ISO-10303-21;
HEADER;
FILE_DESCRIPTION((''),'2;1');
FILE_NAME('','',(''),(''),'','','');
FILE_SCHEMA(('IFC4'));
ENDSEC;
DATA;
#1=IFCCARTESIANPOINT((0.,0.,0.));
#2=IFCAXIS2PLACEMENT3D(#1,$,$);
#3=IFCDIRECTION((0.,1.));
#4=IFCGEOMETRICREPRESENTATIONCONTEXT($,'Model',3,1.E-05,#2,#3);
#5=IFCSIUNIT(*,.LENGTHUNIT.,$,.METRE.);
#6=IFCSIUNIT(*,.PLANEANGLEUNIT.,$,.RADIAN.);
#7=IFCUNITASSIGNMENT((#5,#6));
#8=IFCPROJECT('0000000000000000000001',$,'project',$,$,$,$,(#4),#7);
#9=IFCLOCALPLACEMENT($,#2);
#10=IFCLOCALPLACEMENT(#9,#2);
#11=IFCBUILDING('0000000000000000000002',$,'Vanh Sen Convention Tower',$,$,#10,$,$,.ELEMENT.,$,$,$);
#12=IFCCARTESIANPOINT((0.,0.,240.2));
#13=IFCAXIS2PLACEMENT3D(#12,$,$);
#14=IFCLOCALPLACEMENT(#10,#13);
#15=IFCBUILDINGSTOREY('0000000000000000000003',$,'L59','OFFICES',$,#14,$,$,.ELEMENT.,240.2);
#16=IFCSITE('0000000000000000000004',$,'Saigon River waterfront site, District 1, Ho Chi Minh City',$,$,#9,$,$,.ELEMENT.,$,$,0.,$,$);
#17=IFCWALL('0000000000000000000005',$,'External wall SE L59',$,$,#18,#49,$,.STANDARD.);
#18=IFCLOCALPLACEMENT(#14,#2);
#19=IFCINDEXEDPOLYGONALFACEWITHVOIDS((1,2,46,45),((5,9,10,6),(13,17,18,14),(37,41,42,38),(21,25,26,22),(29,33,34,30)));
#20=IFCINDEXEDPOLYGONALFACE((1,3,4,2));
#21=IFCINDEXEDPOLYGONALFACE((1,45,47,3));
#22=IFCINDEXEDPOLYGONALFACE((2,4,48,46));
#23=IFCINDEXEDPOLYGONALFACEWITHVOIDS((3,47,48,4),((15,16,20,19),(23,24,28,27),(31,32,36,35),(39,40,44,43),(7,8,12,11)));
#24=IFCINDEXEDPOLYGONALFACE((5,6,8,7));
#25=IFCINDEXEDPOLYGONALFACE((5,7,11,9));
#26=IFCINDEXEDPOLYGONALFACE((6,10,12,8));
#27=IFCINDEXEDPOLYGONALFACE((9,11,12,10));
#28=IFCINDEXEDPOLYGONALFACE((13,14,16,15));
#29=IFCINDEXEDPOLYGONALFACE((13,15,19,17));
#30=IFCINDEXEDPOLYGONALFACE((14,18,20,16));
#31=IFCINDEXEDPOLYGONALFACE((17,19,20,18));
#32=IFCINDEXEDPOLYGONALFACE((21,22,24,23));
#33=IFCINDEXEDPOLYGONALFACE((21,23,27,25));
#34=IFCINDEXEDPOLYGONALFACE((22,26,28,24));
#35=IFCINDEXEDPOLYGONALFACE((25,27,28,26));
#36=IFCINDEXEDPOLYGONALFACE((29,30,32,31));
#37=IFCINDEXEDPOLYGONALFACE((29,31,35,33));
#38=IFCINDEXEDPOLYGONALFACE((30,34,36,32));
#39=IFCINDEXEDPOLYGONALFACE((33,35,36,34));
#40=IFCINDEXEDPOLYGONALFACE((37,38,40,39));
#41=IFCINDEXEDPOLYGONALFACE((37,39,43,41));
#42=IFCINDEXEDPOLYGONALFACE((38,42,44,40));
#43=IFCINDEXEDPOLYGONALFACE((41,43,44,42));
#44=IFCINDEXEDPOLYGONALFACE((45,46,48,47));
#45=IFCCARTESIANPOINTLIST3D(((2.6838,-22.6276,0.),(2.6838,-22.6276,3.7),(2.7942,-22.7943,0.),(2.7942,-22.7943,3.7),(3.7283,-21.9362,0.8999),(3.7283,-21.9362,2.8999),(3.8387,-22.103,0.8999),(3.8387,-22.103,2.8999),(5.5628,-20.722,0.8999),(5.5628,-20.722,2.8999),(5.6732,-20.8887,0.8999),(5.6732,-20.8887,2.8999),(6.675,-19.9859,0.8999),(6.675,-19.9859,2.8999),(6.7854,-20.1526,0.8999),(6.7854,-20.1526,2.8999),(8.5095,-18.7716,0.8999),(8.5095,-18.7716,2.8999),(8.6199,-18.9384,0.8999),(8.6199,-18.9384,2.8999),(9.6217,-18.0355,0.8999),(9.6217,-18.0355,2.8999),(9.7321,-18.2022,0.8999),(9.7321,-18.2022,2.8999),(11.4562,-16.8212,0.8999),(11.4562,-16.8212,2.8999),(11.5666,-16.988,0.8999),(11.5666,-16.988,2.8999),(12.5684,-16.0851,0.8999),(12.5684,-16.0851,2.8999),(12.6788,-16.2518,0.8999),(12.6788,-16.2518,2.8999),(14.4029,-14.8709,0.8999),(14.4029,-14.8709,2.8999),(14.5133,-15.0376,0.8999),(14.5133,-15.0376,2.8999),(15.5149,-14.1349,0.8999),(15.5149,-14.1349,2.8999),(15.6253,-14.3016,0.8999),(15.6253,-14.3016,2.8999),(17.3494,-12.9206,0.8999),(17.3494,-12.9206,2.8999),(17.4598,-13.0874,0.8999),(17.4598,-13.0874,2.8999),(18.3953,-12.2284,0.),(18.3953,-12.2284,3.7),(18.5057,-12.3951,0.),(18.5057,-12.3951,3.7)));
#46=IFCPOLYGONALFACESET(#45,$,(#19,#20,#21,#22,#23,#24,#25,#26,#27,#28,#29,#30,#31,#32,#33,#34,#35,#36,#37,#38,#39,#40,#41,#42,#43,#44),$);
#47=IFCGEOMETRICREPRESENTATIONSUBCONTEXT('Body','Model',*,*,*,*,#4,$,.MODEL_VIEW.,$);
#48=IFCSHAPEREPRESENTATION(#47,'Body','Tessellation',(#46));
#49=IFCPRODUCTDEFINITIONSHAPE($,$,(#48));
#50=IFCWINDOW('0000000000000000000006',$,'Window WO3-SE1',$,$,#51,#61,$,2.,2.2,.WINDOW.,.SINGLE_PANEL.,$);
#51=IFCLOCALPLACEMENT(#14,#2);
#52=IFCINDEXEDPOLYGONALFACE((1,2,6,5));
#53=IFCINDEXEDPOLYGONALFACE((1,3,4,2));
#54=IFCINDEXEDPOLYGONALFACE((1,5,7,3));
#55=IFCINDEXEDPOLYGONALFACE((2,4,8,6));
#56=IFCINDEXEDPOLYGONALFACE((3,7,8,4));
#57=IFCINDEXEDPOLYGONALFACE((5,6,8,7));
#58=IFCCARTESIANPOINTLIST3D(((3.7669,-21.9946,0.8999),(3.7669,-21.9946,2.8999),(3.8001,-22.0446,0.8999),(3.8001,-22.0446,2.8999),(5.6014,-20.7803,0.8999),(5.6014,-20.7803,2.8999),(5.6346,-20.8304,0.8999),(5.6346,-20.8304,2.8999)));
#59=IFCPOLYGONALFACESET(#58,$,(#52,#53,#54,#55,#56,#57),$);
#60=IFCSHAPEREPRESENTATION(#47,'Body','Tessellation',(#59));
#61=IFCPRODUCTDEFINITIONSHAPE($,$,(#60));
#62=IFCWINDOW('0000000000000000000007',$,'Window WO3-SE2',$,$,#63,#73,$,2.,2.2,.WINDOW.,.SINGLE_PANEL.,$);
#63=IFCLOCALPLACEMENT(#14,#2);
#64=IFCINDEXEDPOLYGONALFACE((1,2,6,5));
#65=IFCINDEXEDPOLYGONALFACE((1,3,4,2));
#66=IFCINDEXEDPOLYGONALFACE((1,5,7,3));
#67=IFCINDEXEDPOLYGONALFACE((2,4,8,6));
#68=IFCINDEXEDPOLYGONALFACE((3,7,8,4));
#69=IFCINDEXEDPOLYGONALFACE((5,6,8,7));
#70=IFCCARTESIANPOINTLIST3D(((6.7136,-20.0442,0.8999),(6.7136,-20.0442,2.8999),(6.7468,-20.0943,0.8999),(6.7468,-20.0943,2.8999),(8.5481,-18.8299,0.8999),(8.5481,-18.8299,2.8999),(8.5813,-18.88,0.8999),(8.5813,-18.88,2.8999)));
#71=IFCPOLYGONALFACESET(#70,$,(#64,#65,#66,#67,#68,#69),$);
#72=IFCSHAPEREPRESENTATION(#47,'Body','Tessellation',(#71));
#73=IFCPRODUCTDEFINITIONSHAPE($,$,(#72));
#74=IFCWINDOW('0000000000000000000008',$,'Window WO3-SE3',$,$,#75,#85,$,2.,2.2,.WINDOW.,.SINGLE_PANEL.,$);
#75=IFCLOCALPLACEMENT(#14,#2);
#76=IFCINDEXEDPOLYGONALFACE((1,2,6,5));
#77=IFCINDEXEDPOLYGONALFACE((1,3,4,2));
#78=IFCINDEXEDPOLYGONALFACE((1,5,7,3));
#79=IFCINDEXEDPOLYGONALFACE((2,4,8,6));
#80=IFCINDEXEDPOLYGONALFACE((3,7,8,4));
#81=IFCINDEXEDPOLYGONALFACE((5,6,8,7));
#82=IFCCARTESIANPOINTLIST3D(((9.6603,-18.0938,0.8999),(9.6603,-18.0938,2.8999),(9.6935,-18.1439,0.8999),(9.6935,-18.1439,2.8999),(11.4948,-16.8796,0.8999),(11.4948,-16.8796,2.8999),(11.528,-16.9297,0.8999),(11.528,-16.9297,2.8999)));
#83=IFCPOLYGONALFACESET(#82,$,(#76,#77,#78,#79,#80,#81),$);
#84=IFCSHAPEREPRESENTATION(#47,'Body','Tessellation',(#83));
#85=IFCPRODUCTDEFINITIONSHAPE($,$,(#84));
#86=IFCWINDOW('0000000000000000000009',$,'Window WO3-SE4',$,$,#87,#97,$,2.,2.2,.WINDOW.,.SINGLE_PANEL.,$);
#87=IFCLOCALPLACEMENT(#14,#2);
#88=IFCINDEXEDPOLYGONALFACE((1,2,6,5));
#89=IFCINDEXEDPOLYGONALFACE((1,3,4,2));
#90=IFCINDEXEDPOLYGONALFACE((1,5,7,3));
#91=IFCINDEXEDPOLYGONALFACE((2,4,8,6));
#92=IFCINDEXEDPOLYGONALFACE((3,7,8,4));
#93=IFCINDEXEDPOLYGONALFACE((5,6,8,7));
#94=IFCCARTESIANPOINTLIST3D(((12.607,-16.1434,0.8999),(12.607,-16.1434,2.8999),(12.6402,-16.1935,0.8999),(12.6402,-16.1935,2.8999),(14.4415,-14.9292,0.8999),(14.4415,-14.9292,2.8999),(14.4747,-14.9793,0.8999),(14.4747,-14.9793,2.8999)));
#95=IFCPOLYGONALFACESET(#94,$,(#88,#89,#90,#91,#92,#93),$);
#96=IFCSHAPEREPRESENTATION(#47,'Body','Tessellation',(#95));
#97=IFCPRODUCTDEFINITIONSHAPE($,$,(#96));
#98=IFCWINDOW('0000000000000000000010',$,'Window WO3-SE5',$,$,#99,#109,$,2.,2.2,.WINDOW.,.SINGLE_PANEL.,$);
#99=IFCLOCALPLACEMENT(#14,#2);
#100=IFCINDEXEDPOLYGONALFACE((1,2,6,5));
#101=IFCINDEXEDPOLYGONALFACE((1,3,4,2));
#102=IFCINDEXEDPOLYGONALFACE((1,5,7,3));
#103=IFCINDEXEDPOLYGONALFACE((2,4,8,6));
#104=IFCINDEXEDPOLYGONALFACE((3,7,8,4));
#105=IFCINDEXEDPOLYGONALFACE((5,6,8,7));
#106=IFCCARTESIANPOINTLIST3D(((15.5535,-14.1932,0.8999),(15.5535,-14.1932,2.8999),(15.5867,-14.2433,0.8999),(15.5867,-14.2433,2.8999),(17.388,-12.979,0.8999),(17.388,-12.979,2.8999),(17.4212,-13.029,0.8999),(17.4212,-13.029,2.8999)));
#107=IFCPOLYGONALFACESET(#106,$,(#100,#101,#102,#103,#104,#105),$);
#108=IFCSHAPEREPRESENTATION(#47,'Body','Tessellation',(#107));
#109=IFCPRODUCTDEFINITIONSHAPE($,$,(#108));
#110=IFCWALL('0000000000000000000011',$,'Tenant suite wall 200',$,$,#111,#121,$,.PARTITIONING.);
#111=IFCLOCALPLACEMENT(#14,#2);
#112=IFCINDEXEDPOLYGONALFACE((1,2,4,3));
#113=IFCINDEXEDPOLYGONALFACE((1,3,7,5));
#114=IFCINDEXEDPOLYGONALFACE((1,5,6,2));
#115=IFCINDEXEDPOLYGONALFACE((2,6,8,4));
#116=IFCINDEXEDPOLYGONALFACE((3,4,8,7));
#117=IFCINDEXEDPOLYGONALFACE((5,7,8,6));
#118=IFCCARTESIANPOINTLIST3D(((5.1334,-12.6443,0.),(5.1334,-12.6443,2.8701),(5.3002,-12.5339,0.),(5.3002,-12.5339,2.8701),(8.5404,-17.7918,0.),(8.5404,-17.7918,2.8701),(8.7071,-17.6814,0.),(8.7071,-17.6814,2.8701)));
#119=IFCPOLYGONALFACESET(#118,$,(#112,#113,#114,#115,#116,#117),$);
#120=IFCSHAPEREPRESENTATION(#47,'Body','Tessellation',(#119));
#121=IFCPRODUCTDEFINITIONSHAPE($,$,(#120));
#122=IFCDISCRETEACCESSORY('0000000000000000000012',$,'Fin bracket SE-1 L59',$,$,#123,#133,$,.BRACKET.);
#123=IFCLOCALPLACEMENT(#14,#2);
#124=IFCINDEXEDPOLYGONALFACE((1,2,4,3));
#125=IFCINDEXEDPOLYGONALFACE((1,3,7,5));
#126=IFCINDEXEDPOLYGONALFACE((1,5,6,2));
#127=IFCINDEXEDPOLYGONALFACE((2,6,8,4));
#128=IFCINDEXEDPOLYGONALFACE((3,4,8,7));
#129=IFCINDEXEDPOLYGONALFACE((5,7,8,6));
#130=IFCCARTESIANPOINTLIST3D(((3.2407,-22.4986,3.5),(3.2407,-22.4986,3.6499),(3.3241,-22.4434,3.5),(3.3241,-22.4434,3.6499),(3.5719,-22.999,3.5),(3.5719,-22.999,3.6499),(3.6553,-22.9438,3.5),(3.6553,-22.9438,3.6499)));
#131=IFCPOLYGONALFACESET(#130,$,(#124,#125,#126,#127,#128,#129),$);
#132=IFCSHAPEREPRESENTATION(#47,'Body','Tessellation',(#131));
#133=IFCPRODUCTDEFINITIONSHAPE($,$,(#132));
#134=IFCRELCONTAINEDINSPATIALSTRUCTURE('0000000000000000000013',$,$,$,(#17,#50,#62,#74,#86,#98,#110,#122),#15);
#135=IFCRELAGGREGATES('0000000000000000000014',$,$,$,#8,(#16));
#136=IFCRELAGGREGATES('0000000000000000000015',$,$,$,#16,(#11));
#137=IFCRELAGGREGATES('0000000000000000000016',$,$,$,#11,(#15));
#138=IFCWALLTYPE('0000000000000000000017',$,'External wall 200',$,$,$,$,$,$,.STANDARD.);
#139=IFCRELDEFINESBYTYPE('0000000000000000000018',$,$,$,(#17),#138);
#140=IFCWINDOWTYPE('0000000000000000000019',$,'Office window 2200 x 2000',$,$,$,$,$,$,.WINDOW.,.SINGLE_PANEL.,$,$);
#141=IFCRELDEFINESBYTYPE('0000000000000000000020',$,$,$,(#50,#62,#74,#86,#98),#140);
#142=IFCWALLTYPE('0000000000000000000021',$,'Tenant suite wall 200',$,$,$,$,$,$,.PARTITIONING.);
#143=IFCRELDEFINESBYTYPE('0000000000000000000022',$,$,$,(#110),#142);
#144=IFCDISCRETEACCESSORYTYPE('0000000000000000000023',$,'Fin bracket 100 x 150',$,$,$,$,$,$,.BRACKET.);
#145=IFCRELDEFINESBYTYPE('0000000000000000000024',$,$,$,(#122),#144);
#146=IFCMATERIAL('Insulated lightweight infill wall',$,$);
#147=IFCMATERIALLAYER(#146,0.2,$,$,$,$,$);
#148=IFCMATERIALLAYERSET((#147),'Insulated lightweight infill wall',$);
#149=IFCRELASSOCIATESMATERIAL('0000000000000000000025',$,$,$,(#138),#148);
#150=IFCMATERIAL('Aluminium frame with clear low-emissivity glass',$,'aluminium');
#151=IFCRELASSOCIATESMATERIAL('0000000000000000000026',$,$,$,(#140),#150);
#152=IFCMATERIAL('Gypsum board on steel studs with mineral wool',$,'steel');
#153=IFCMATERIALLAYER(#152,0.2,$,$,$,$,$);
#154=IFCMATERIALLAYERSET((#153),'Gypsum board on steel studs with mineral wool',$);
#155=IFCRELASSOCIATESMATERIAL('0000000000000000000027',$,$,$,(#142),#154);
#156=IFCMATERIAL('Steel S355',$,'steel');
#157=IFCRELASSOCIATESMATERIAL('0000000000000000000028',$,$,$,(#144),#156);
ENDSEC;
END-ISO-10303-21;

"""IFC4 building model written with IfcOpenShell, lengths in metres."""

from ifc_helpers import new_model, si_unit, direction, frame, frame_2d, origin, origin_2d, place, context, subcontext, project, spatial, rectangle, extrude, material, layer, layer_set, type_object, element, fill, save


model = new_model("IFC4")

# Units and contexts
model_context = context("Model", 3, precision=1e-05, world=origin(), true_north=direction((0.0, 1.0)))
body_context = subcontext(model_context, "Body", "Model", "MODEL_VIEW")
ifc_project = project(units=[si_unit("LENGTHUNIT", "METRE"), si_unit("PLANEANGLEUNIT", "RADIAN")], contexts=[model_context])

# Site, building, storey
site_placement = place(None, origin())
site = spatial("IfcSite", under=ifc_project, at=site_placement, Name="Saigon River waterfront site, District 1, Ho Chi Minh City", CompositionType="ELEMENT", RefElevation=0.0)
building_placement = place(site_placement, origin())
building = spatial("IfcBuilding", under=site, at=building_placement, Name="Vanh Sen Convention Tower", CompositionType="ELEMENT")
storey_placement = place(building_placement, frame((0.0, 0.0, 240.2)))
storey = spatial("IfcBuildingStorey", under=building, at=storey_placement, Name="L59", Description="OFFICES", CompositionType="ELEMENT", Elevation=240.2)

# Shared definitions
ifc_material_1 = material(Name="Gypsum board on steel studs with mineral wool", Category="steel")

# Wall, openings, windows
ifc_material_2 = material(Name="Insulated lightweight infill wall")
ifc_layer_1 = layer(ifc_material_2, 0.2)
ifc_layer_set_1 = layer_set([ifc_layer_1], Name="Insulated lightweight infill wall")
wall_type_1 = type_object("IfcWallType", Name="External wall 200", PredefinedType="STANDARD", material=ifc_layer_set_1)
wall_1_placement = place(storey_placement, frame((2.739, -22.7109, 0.0), z_axis=(0.0, 0.0, 1.0), x_axis=(0.833886, 0.551937, 0.0)))
wall_1 = element("IfcWall", 1, at=wall_1_placement, inside=storey, type_object=wall_type_1, Name="External wall SE L59", PredefinedType="STANDARD", context=body_context, shape_type="SweptSolid", body=[
    extrude(rectangle(XDim=18.8413, YDim=0.2, at=frame_2d((9.4207, 0.0))), origin(), (0.0, 0.0, 1.0), 3.7),
])
opening_1_placement = place(wall_1_placement, frame((1.2524, 0.0, 0.8999)))
opening_1 = element("IfcOpeningElement", 2, at=opening_1_placement, cuts=wall_1, PredefinedType="OPENING", context=body_context, shape_type="SweptSolid", body=[
    extrude(rectangle(XDim=2.2, YDim=2.0, at=frame_2d((1.1001, 1.0))), frame((0.0, 0.1099, 0.0), z_axis=(0.0, -1.0, 0.0), x_axis=(1.0, 0.0, 0.0)), (0.0, 0.0, 1.0), 0.22),
])
opening_2_placement = place(wall_1_placement, frame((4.7861, 0.0, 0.8999)))
opening_2 = element("IfcOpeningElement", 3, at=opening_2_placement, cuts=wall_1, PredefinedType="OPENING", context=body_context, shape_type="SweptSolid", body=[
    extrude(rectangle(XDim=2.2, YDim=2.0, at=frame_2d((1.1001, 1.0))), frame((0.0, 0.1099, 0.0), z_axis=(0.0, -1.0, 0.0), x_axis=(1.0, 0.0, 0.0)), (0.0, 0.0, 1.0), 0.22),
])
opening_3_placement = place(wall_1_placement, frame((8.3198, 0.0, 0.8999)))
opening_3 = element("IfcOpeningElement", 4, at=opening_3_placement, cuts=wall_1, PredefinedType="OPENING", context=body_context, shape_type="SweptSolid", body=[
    extrude(rectangle(XDim=2.2, YDim=2.0, at=frame_2d((1.1001, 1.0))), frame((0.0, 0.1099, 0.0), z_axis=(0.0, -1.0, 0.0), x_axis=(1.0, 0.0, 0.0)), (0.0, 0.0, 1.0), 0.22),
])
opening_4_placement = place(wall_1_placement, frame((11.8535, 0.0, 0.8999)))
opening_4 = element("IfcOpeningElement", 5, at=opening_4_placement, cuts=wall_1, PredefinedType="OPENING", context=body_context, shape_type="SweptSolid", body=[
    extrude(rectangle(XDim=2.2, YDim=2.0, at=frame_2d((1.1001, 1.0))), frame((0.0, 0.1099, 0.0), z_axis=(0.0, -1.0, 0.0), x_axis=(1.0, 0.0, 0.0)), (0.0, 0.0, 1.0), 0.22),
])
opening_5_placement = place(wall_1_placement, frame((15.387, 0.0, 0.8999)))
opening_5 = element("IfcOpeningElement", 6, at=opening_5_placement, cuts=wall_1, PredefinedType="OPENING", context=body_context, shape_type="SweptSolid", body=[
    extrude(rectangle(XDim=2.2, YDim=2.0, at=frame_2d((1.1001, 1.0))), frame((0.0, 0.1099, 0.0), z_axis=(0.0, -1.0, 0.0), x_axis=(1.0, 0.0, 0.0)), (0.0, 0.0, 1.0), 0.22),
])
ifc_material_3 = material(Name="Aluminium frame with clear low-emissivity glass", Category="aluminium")
window_type = type_object("IfcWindowType", Name="Office window 2200 x 2000", PartitioningType="SINGLE_PANEL", PredefinedType="WINDOW", material=ifc_material_3)
window_1_placement = place(opening_1_placement, origin())
window_1 = element("IfcWindow", 7, at=window_1_placement, inside=storey, type_object=window_type, Name="Window WO3-SE1", OverallHeight=2.0, OverallWidth=2.2, PartitioningType="SINGLE_PANEL", PredefinedType="WINDOW", context=body_context, shape_type="SweptSolid", body=[
    extrude(rectangle(XDim=2.2, YDim=2.0, at=frame_2d((1.1001, 1.0))), frame((0.0, 0.03, 0.0), z_axis=(0.0, -1.0, 0.0), x_axis=(1.0, 0.0, 0.0)), (0.0, 0.0, 1.0), 0.0601),
])
fill(opening_1, window_1)
window_2_placement = place(opening_2_placement, origin())
window_2 = element("IfcWindow", 8, at=window_2_placement, inside=storey, type_object=window_type, Name="Window WO3-SE2", OverallHeight=2.0, OverallWidth=2.2, PartitioningType="SINGLE_PANEL", PredefinedType="WINDOW", context=body_context, shape_type="SweptSolid", body=[
    extrude(rectangle(XDim=2.2, YDim=2.0, at=frame_2d((1.1001, 1.0))), frame((0.0, 0.03, 0.0), z_axis=(0.0, -1.0, 0.0), x_axis=(1.0, 0.0, 0.0)), (0.0, 0.0, 1.0), 0.0601),
])
fill(opening_2, window_2)
window_3_placement = place(opening_3_placement, origin())
window_3 = element("IfcWindow", 9, at=window_3_placement, inside=storey, type_object=window_type, Name="Window WO3-SE3", OverallHeight=2.0, OverallWidth=2.2, PartitioningType="SINGLE_PANEL", PredefinedType="WINDOW", context=body_context, shape_type="SweptSolid", body=[
    extrude(rectangle(XDim=2.2, YDim=2.0, at=frame_2d((1.1001, 1.0))), frame((0.0, 0.03, 0.0), z_axis=(0.0, -1.0, 0.0), x_axis=(1.0, 0.0, 0.0)), (0.0, 0.0, 1.0), 0.0601),
])
fill(opening_3, window_3)
window_4_placement = place(opening_4_placement, origin())
window_4 = element("IfcWindow", 10, at=window_4_placement, inside=storey, type_object=window_type, Name="Window WO3-SE4", OverallHeight=2.0, OverallWidth=2.2, PartitioningType="SINGLE_PANEL", PredefinedType="WINDOW", context=body_context, shape_type="SweptSolid", body=[
    extrude(rectangle(XDim=2.2, YDim=2.0, at=frame_2d((1.1001, 1.0))), frame((0.0, 0.03, 0.0), z_axis=(0.0, -1.0, 0.0), x_axis=(1.0, 0.0, 0.0)), (0.0, 0.0, 1.0), 0.0601),
])
fill(opening_4, window_4)
window_5_placement = place(opening_5_placement, origin())
window_5 = element("IfcWindow", 11, at=window_5_placement, inside=storey, type_object=window_type, Name="Window WO3-SE5", OverallHeight=2.0, OverallWidth=2.2, PartitioningType="SINGLE_PANEL", PredefinedType="WINDOW", context=body_context, shape_type="SweptSolid", body=[
    extrude(rectangle(XDim=2.2, YDim=2.0, at=frame_2d((1.1001, 1.0))), frame((0.0, 0.03, 0.0), z_axis=(0.0, -1.0, 0.0), x_axis=(1.0, 0.0, 0.0)), (0.0, 0.0, 1.0), 0.0601),
])
fill(opening_5, window_5)

# Wall
ifc_layer_2 = layer(ifc_material_1, 0.2)
ifc_layer_set_2 = layer_set([ifc_layer_2], Name="Gypsum board on steel studs with mineral wool")
wall_type_2 = type_object("IfcWallType", Name="Tenant suite wall 200", PredefinedType="PARTITIONING", material=ifc_layer_set_2)
wall_2_placement = place(storey_placement, frame((8.6238, -17.7366, 0.0), z_axis=(0.0, 0.0, 1.0), x_axis=(-0.551932, 0.833889, 0.0)))
element("IfcWall", 12, at=wall_2_placement, inside=storey, type_object=wall_type_2, Name="Tenant suite wall 200", PredefinedType="PARTITIONING", context=body_context, shape_type="SweptSolid", body=[
    extrude(rectangle(XDim=6.1729, YDim=0.2, at=frame_2d((3.0864, 0.0))), origin(), (0.0, 0.0, 1.0), 2.8701),
])

# Discrete accessory
ifc_material_4 = material(Name="Steel S355", Category="steel")
discrete_accessory_type = type_object("IfcDiscreteAccessoryType", Name="Fin bracket 100 x 150", PredefinedType="BRACKET", material=ifc_material_4)
discrete_accessory_placement = place(storey_placement, frame((3.448, -22.7212, 3.5), z_axis=(0.0, 0.0, 1.0), x_axis=(0.551937, -0.833886, 0.0)))
element("IfcDiscreteAccessory", 13, at=discrete_accessory_placement, inside=storey, type_object=discrete_accessory_type, Name="Fin bracket SE-1 L59", PredefinedType="BRACKET", context=body_context, shape_type="SweptSolid", body=[
    extrude(rectangle(XDim=0.6001, YDim=0.1001, at=origin_2d()), origin(), (0.0, 0.0, 1.0), 0.1499),
])

save(model, "model.ifc")
